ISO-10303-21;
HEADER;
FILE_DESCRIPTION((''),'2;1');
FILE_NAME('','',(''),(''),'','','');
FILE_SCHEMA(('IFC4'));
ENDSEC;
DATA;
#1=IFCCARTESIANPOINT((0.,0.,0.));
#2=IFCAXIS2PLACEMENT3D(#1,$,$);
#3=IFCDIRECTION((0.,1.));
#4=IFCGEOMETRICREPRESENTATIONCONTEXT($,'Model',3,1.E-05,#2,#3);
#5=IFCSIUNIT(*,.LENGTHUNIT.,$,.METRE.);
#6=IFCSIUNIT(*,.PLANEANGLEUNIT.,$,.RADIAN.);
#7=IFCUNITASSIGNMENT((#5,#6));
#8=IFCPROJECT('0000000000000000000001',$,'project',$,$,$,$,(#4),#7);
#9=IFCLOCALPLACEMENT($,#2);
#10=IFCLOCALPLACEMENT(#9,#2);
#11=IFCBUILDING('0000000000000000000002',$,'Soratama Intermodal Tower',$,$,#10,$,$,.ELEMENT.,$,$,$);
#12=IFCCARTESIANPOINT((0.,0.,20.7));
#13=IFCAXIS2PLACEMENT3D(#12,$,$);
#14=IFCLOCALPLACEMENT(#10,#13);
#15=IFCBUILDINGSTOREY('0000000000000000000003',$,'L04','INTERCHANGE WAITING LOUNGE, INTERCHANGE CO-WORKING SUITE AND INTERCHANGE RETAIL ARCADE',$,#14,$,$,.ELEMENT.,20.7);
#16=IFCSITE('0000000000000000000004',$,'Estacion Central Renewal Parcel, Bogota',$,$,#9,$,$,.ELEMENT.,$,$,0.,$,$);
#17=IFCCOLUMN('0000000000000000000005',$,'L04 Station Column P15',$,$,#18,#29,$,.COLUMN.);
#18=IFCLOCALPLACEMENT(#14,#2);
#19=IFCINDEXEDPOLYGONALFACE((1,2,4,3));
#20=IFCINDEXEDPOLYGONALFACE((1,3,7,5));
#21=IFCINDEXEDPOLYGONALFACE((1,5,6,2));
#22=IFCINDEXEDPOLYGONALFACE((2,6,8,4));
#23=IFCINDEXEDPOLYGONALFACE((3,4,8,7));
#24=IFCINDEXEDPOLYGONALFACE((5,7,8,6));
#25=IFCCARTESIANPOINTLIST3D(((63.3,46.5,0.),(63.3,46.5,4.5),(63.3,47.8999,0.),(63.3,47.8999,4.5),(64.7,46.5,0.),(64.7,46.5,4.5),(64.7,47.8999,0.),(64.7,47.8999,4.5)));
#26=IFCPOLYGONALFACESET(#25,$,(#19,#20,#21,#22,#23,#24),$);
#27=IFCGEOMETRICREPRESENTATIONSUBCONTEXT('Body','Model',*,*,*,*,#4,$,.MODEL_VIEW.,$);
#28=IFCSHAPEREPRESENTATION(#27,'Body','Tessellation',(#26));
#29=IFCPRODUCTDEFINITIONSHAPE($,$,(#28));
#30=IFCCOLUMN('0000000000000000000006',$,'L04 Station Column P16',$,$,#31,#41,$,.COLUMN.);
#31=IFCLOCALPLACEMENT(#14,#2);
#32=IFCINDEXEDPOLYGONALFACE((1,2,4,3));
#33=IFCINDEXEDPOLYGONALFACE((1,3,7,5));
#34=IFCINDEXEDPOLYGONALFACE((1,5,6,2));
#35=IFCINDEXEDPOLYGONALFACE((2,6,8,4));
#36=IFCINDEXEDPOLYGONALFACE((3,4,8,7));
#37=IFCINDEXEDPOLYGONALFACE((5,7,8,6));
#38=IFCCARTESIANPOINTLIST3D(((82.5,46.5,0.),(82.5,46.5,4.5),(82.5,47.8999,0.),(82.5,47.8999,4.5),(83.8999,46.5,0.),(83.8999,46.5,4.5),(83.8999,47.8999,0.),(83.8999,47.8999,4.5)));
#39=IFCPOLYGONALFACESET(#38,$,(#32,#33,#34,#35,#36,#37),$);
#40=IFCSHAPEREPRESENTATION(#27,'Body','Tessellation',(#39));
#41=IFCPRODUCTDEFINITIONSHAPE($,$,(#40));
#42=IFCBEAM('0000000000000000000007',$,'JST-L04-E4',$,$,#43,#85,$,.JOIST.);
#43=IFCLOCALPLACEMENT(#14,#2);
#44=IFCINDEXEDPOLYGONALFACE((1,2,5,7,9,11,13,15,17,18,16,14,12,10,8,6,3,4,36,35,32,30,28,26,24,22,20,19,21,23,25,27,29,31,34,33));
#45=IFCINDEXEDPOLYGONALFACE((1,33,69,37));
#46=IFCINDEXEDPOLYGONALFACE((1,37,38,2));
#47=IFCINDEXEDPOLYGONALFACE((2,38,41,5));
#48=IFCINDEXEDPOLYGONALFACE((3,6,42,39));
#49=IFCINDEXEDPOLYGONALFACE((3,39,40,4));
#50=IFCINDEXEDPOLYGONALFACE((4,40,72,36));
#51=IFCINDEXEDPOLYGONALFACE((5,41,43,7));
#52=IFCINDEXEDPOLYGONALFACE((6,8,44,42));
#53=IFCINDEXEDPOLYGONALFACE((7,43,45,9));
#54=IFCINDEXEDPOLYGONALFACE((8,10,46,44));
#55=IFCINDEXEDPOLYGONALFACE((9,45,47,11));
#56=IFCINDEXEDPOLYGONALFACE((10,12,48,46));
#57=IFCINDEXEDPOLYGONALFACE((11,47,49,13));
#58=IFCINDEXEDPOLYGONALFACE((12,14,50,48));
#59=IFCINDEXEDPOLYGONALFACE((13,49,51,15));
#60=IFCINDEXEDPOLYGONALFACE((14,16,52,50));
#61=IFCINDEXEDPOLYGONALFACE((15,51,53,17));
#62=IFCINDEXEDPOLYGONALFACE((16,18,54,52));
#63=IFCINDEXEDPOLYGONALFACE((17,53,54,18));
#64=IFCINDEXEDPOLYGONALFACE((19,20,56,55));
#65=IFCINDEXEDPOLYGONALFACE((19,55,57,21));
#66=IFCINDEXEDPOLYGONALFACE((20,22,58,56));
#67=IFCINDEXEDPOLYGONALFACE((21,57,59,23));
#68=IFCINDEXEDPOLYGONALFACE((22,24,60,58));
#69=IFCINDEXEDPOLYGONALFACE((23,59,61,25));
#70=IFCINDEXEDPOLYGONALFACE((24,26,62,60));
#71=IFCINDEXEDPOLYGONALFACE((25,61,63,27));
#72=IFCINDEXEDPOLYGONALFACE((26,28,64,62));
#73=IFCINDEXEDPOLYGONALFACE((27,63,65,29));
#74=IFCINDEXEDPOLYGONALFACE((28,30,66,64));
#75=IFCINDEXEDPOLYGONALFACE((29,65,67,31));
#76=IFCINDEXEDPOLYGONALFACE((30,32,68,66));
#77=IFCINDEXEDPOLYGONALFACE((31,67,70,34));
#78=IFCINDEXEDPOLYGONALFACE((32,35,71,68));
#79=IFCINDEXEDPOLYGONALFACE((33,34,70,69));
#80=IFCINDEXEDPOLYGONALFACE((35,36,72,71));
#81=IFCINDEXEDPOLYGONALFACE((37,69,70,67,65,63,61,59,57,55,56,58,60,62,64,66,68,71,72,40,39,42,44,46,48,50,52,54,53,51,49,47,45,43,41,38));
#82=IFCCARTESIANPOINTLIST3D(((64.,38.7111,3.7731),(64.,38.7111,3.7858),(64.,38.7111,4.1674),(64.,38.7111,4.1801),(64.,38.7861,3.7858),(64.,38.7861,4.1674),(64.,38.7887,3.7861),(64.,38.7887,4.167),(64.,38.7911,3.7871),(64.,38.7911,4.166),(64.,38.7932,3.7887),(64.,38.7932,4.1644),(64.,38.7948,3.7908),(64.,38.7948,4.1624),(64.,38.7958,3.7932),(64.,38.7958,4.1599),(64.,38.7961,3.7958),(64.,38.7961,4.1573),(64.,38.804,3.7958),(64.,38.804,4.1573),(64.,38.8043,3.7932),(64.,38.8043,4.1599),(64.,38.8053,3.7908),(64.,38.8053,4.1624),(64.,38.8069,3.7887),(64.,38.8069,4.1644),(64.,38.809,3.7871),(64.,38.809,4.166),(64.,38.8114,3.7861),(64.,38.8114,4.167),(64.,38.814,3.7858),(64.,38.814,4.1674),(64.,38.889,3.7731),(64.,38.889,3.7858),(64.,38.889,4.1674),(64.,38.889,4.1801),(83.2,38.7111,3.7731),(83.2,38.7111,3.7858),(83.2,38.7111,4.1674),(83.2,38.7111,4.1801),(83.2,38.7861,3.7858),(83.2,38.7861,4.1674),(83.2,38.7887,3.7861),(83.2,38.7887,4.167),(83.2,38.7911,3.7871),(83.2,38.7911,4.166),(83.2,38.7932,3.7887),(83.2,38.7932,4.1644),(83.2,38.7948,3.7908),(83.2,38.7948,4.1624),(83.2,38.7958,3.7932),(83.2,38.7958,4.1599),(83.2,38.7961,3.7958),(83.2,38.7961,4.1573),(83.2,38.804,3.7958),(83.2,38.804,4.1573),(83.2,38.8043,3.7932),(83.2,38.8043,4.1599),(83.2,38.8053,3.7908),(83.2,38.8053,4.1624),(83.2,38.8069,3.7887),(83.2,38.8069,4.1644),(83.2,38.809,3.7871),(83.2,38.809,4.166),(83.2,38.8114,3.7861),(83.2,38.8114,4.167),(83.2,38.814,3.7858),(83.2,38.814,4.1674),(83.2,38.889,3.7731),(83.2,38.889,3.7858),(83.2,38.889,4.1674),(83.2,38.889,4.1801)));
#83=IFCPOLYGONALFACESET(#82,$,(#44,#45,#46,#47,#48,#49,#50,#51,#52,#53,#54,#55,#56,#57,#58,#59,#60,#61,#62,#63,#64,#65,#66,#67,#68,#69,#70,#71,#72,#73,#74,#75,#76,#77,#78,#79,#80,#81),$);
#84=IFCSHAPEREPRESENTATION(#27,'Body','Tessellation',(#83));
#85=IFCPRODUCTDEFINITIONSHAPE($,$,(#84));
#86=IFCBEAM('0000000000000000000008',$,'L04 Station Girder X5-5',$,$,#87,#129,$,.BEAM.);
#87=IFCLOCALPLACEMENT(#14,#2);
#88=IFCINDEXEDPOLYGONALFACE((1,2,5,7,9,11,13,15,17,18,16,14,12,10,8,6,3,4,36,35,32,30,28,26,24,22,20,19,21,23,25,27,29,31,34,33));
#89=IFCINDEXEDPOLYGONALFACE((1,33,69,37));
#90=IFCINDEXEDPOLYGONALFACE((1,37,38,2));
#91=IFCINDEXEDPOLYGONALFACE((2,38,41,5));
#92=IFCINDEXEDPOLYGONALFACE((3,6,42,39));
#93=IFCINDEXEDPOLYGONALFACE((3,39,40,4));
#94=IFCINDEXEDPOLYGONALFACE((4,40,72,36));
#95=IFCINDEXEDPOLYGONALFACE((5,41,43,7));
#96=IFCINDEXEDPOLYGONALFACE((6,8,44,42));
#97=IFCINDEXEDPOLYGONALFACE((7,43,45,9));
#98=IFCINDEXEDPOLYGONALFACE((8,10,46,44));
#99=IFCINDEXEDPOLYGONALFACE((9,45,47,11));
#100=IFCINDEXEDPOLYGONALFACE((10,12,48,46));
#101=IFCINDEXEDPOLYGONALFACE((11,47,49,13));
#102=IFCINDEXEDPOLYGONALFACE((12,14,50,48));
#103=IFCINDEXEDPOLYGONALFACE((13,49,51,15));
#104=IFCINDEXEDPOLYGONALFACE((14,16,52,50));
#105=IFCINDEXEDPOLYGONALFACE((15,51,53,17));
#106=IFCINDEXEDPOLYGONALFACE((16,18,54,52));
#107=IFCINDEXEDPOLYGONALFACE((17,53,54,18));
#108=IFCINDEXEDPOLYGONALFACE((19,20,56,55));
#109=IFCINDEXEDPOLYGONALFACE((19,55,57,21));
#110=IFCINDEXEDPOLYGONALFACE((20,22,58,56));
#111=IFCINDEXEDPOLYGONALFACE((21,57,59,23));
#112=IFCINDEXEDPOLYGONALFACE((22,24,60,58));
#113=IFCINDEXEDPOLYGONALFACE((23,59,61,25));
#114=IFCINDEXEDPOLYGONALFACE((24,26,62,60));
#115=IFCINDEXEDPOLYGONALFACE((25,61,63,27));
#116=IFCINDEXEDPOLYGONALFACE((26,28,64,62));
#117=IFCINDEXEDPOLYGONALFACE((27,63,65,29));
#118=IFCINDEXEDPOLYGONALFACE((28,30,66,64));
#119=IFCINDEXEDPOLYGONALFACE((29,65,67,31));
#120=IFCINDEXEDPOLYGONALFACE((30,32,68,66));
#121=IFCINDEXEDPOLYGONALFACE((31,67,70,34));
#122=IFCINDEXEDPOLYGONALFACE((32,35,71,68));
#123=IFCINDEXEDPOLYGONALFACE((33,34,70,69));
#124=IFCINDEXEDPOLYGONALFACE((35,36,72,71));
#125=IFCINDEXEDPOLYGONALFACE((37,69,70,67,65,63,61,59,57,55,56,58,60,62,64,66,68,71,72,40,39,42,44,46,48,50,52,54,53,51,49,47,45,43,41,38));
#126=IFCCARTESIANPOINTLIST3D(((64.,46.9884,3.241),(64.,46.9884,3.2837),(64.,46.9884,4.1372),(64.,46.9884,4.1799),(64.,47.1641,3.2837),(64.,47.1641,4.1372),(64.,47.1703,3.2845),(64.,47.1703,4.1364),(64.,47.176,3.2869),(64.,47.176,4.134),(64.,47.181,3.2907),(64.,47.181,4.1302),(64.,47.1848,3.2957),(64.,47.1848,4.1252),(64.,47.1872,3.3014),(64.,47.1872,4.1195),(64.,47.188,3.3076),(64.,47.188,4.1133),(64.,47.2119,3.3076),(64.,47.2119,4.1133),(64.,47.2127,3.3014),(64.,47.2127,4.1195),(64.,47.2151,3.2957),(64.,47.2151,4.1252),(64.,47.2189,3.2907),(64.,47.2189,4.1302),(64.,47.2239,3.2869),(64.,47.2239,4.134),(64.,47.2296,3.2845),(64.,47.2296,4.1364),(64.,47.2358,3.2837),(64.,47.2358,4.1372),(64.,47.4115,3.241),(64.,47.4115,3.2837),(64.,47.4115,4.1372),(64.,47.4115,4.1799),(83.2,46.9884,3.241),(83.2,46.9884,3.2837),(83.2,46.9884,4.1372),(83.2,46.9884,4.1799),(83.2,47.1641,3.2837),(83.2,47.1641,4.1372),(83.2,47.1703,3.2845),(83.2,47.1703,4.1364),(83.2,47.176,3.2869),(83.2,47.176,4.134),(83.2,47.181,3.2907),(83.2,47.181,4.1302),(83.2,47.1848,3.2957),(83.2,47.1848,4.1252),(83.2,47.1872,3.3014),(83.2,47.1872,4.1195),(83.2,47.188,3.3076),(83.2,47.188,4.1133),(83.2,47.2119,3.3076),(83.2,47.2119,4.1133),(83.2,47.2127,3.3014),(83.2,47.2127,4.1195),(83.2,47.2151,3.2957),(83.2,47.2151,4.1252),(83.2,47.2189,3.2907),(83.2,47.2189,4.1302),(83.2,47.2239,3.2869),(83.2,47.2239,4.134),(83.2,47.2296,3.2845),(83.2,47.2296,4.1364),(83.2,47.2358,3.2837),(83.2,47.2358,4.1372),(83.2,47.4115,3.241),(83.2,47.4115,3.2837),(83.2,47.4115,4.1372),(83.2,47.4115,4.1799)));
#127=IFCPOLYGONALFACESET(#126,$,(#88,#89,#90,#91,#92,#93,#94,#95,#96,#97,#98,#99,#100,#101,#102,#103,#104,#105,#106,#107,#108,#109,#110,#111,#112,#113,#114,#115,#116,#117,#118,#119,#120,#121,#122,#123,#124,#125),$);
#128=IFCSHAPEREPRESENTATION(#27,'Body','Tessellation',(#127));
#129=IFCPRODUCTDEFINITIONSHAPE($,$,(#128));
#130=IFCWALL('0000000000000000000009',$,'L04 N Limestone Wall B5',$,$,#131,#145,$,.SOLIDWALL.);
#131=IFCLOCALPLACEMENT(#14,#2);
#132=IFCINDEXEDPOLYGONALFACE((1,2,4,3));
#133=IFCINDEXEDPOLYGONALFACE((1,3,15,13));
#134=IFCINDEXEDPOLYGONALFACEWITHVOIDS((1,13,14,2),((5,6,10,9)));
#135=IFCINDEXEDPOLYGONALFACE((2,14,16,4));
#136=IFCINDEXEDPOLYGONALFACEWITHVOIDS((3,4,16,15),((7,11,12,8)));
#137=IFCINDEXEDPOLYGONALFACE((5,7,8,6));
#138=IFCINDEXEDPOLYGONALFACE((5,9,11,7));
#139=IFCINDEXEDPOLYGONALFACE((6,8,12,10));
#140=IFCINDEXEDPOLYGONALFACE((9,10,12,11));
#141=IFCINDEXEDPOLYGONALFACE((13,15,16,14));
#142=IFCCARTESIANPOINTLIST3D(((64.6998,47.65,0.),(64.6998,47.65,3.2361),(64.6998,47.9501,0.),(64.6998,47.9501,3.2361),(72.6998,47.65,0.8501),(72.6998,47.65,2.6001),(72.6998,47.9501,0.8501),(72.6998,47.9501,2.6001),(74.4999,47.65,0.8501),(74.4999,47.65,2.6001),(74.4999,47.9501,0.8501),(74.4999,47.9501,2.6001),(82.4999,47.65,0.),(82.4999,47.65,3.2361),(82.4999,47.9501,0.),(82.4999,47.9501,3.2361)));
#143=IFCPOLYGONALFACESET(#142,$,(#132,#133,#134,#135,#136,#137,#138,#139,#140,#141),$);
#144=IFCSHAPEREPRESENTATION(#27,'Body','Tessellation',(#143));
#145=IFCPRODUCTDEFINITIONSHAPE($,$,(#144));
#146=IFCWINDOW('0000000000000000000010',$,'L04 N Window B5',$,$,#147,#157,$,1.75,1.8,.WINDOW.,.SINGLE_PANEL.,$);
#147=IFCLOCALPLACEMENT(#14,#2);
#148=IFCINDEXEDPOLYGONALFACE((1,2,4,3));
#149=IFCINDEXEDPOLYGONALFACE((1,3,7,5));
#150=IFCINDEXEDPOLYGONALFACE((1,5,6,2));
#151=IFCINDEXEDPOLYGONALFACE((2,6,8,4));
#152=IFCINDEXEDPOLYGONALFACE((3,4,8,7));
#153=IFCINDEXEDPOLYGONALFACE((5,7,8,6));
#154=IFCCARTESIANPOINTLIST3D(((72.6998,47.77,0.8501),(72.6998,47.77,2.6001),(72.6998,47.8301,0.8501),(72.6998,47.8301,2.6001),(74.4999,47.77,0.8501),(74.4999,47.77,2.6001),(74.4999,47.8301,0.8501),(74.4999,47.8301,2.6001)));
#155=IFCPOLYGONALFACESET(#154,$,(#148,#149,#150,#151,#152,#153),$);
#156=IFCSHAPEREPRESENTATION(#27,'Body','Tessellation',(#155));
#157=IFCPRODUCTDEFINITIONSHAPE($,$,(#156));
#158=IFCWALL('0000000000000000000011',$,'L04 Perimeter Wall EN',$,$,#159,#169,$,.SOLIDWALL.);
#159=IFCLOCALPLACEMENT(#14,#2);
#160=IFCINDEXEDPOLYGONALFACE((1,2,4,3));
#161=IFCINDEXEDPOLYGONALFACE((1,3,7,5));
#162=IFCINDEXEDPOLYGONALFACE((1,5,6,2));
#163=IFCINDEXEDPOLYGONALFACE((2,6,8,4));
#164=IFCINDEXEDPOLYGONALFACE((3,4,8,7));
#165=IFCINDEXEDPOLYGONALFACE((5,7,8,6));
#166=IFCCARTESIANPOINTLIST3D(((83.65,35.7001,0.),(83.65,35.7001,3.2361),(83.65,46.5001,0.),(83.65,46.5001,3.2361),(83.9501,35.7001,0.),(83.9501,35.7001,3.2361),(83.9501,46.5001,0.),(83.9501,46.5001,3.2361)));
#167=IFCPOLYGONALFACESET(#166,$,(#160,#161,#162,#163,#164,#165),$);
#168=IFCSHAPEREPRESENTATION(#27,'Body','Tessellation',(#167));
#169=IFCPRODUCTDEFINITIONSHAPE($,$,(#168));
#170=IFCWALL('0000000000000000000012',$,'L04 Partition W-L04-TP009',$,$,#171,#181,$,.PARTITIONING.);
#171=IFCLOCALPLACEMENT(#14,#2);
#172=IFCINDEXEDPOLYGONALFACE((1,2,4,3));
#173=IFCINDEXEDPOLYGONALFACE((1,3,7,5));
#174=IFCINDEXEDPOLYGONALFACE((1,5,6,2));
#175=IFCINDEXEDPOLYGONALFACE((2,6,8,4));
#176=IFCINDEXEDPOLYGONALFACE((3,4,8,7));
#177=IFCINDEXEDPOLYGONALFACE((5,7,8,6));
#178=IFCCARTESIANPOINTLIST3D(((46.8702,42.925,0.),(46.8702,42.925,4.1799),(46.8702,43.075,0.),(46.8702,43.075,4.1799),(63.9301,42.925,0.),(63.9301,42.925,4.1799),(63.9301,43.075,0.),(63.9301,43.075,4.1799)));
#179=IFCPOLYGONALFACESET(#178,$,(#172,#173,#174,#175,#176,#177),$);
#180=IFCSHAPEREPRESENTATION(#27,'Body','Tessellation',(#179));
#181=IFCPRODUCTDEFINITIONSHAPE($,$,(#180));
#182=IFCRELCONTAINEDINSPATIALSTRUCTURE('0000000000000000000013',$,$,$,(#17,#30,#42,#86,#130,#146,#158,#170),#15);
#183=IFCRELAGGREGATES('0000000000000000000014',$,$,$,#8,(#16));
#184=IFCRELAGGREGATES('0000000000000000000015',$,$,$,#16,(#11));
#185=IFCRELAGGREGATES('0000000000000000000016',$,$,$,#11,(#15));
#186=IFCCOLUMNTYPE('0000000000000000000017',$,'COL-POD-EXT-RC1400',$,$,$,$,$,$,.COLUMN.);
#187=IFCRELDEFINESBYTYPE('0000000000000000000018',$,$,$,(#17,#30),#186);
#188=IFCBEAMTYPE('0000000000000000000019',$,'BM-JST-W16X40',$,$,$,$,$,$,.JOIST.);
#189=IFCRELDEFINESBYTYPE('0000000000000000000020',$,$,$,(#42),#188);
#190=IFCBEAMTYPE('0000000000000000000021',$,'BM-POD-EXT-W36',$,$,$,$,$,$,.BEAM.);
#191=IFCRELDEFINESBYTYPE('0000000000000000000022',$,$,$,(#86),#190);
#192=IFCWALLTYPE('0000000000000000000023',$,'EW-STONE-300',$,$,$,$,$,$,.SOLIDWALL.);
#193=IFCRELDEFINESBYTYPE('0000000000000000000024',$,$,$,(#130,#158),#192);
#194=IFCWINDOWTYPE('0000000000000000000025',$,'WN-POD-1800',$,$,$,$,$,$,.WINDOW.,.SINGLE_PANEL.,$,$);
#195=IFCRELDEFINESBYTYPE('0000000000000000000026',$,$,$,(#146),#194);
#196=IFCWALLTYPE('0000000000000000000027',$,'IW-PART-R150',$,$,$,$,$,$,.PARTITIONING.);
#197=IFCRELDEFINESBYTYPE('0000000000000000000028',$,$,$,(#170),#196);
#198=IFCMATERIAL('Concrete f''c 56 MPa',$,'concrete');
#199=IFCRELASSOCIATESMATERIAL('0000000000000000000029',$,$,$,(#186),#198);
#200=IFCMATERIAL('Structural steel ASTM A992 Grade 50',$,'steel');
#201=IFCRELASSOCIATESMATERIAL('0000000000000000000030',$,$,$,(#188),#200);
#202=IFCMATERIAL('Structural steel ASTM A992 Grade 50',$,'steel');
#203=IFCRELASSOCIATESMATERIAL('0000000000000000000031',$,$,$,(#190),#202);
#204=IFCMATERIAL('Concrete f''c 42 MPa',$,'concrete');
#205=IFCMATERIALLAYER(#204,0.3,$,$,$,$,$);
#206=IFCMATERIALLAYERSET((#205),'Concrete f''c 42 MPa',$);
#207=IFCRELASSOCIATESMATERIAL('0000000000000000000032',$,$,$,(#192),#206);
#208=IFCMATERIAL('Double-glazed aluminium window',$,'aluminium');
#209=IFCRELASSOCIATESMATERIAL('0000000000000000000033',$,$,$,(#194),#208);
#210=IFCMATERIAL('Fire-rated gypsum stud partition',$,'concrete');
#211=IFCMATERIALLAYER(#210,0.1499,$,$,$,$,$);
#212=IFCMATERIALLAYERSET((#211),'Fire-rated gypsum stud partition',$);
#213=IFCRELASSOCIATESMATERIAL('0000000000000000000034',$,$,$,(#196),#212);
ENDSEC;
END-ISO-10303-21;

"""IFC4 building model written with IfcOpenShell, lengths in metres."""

from ifc_helpers import new_model, si_unit, direction, frame, frame_2d, origin, origin_2d, place, context, subcontext, project, spatial, rectangle, i_section, extrude, material, layer, layer_set, material_profile, profile_set, type_object, element, fill, save


model = new_model("IFC4")

# Units and contexts
model_context = context("Model", 3, precision=1e-05, world=origin(), true_north=direction((0.0, 1.0)))
body_context = subcontext(model_context, "Body", "Model", "MODEL_VIEW")
ifc_project = project(units=[si_unit("LENGTHUNIT", "METRE"), si_unit("PLANEANGLEUNIT", "RADIAN")], contexts=[model_context])

# Site, building, storey
site_placement = place(None, origin())
site = spatial("IfcSite", under=ifc_project, at=site_placement, Name="Estacion Central Renewal Parcel, Bogota", CompositionType="ELEMENT", RefElevation=0.0)
building_placement = place(site_placement, origin())
building = spatial("IfcBuilding", under=site, at=building_placement, Name="Soratama Intermodal Tower", CompositionType="ELEMENT")
storey_placement = place(building_placement, frame((0.0, 0.0, 20.7)))
storey = spatial("IfcBuildingStorey", under=building, at=storey_placement, Name="L04", Description="INTERCHANGE WAITING LOUNGE, INTERCHANGE CO-WORKING SUITE AND INTERCHANGE RETAIL ARCADE", CompositionType="ELEMENT", Elevation=20.7)

# Columns
ifc_material_1 = material(Name="Concrete f'c 56 MPa", Category="concrete")
ifc_material_profile_1 = material_profile(ifc_material_1, rectangle(XDim=1.3999, YDim=1.3999, at=origin_2d()), Name="RC1400X1400")
ifc_profile_set_1 = profile_set([ifc_material_profile_1], Name="Concrete f'c 56 MPa")
column_type = type_object("IfcColumnType", Name="COL-POD-EXT-RC1400", PredefinedType="COLUMN", material=ifc_profile_set_1)
for number, where, z_axis, x_axis, name in (
    (1, (64.0, 47.2, 0.0), (0.0, 0.0, 1.0), (1.0, 0.0, 0.0), "L04 Station Column P15"),
    (2, (83.2, 47.2, 0.0), (0.0, 0.0, 1.0), (1.0, 0.0, 0.0), "L04 Station Column P16"),
):
    element("IfcColumn", number, at=place(storey_placement, frame(where, z_axis=z_axis, x_axis=x_axis)), inside=storey, type_object=column_type, Name=name, PredefinedType="COLUMN", context=body_context, shape_type="SweptSolid", body=[
        extrude(rectangle(XDim=1.3999, YDim=1.3999, at=origin_2d()), origin(), (0.0, 0.0, 1.0), 4.5),
    ])

# Beams
ifc_material_2 = material(Name="Structural steel ASTM A992 Grade 50", Category="steel")
ifc_material_profile_2 = material_profile(ifc_material_2, i_section(OverallWidth=0.178, OverallDepth=0.407, WebThickness=0.0078, FlangeThickness=0.0127, FilletRadius=0.01, at=origin_2d()), Name="W16X40")
ifc_profile_set_2 = profile_set([ifc_material_profile_2], Name="Structural steel ASTM A992 Grade 50")
beam_type_1 = type_object("IfcBeamType", Name="BM-JST-W16X40", PredefinedType="JOIST", material=ifc_profile_set_2)
beam_1_placement = place(storey_placement, frame((64.0, 38.8, 3.9766), z_axis=(1.0, 0.0, 0.0), x_axis=(0.0, 1.0, 0.0)))
element("IfcBeam", 3, at=beam_1_placement, inside=storey, type_object=beam_type_1, Name="JST-L04-E4", PredefinedType="JOIST", context=body_context, shape_type="SweptSolid", body=[
    extrude(i_section(OverallWidth=0.178, OverallDepth=0.407, WebThickness=0.0078, FlangeThickness=0.0127, FilletRadius=0.01, at=origin_2d()), origin(), (0.0, 0.0, 1.0), 19.2),
])
ifc_material_3 = material(Name="Structural steel ASTM A992 Grade 50", Category="steel")
ifc_material_profile_3 = material_profile(ifc_material_3, i_section(OverallWidth=0.4231, OverallDepth=0.939, WebThickness=0.0239, FlangeThickness=0.0427, FilletRadius=0.0239, at=origin_2d()), Name="W36X302")
ifc_profile_set_3 = profile_set([ifc_material_profile_3], Name="Structural steel ASTM A992 Grade 50")
beam_type_2 = type_object("IfcBeamType", Name="BM-POD-EXT-W36", PredefinedType="BEAM", material=ifc_profile_set_3)
beam_2_placement = place(storey_placement, frame((64.0, 47.2, 3.7104), z_axis=(1.0, 0.0, 0.0), x_axis=(0.0, 1.0, 0.0)))
element("IfcBeam", 4, at=beam_2_placement, inside=storey, type_object=beam_type_2, Name="L04 Station Girder X5-5", PredefinedType="BEAM", context=body_context, shape_type="SweptSolid", body=[
    extrude(i_section(OverallWidth=0.4231, OverallDepth=0.939, WebThickness=0.0239, FlangeThickness=0.0427, FilletRadius=0.0239, at=origin_2d()), origin(), (0.0, 0.0, 1.0), 19.2),
])

# Wall, opening, window
ifc_material_4 = material(Name="Concrete f'c 42 MPa", Category="concrete")
ifc_layer_1 = layer(ifc_material_4, 0.3)
ifc_layer_set_1 = layer_set([ifc_layer_1], Name="Concrete f'c 42 MPa")
wall_type_1 = type_object("IfcWallType", Name="EW-STONE-300", PredefinedType="SOLIDWALL", material=ifc_layer_set_1)
wall_1_placement = place(storey_placement, frame((64.7, 47.8, 0.0), z_axis=(0.0, 0.0, 1.0), x_axis=(1.0, 0.0, 0.0)))
wall_1 = element("IfcWall", 5, at=wall_1_placement, inside=storey, type_object=wall_type_1, Name="L04 N Limestone Wall B5", PredefinedType="SOLIDWALL", context=body_context, shape_type="SweptSolid", body=[
    extrude(rectangle(XDim=17.8, YDim=0.3, at=frame_2d((8.8999, 0.0))), origin(), (0.0, 0.0, 1.0), 3.2361),
])
opening_1_placement = place(wall_1_placement, frame((8.0, 0.0, 0.8501)))
opening_1 = element("IfcOpeningElement", 6, at=opening_1_placement, cuts=wall_1, PredefinedType="OPENING", context=body_context, shape_type="SweptSolid", body=[
    extrude(rectangle(XDim=1.8, YDim=1.75, at=frame_2d((0.8999, 0.875))), frame((0.0, 0.1599, 0.0), z_axis=(0.0, -1.0, 0.0), x_axis=(1.0, 0.0, 0.0)), (0.0, 0.0, 1.0), 0.3201),
])
ifc_material_5 = material(Name="Double-glazed aluminium window", Category="aluminium")
window_type = type_object("IfcWindowType", Name="WN-POD-1800", PartitioningType="SINGLE_PANEL", PredefinedType="WINDOW", material=ifc_material_5)
window_placement = place(opening_1_placement, origin())
window = element("IfcWindow", 7, at=window_placement, inside=storey, type_object=window_type, Name="L04 N Window B5", OverallHeight=1.75, OverallWidth=1.8, PartitioningType="SINGLE_PANEL", PredefinedType="WINDOW", context=body_context, shape_type="SweptSolid", body=[
    extrude(rectangle(XDim=1.8, YDim=1.75, at=frame_2d((0.8999, 0.875))), frame((0.0, 0.03, 0.0), z_axis=(0.0, -1.0, 0.0), x_axis=(1.0, 0.0, 0.0)), (0.0, 0.0, 1.0), 0.0601),
])
fill(opening_1, window)

# Walls
wall_2_placement = place(storey_placement, frame((83.8, 46.5, 0.0), z_axis=(0.0, 0.0, 1.0), x_axis=(0.0, -1.0, 0.0)))
element("IfcWall", 8, at=wall_2_placement, inside=storey, type_object=wall_type_1, Name="L04 Perimeter Wall EN", PredefinedType="SOLIDWALL", context=body_context, shape_type="SweptSolid", body=[
    extrude(rectangle(XDim=10.8, YDim=0.3, at=frame_2d((5.3999, 0.0))), origin(), (0.0, 0.0, 1.0), 3.2361),
])
ifc_material_6 = material(Name="Fire-rated gypsum stud partition", Category="concrete")
ifc_layer_2 = layer(ifc_material_6, 0.1499)
ifc_layer_set_2 = layer_set([ifc_layer_2], Name="Fire-rated gypsum stud partition")
wall_type_2 = type_object("IfcWallType", Name="IW-PART-R150", PredefinedType="PARTITIONING", material=ifc_layer_set_2)
wall_3_placement = place(storey_placement, frame((63.9299, 43.0, 0.0), z_axis=(0.0, 0.0, 1.0), x_axis=(-1.0, 0.0, 0.0)))
element("IfcWall", 9, at=wall_3_placement, inside=storey, type_object=wall_type_2, Name="L04 Partition W-L04-TP009", PredefinedType="PARTITIONING", context=body_context, shape_type="SweptSolid", body=[
    extrude(rectangle(XDim=17.0598, YDim=0.1499, at=frame_2d((8.5298, 0.0))), origin(), (0.0, 0.0, 1.0), 4.1799),
])

save(model, "model.ifc")
